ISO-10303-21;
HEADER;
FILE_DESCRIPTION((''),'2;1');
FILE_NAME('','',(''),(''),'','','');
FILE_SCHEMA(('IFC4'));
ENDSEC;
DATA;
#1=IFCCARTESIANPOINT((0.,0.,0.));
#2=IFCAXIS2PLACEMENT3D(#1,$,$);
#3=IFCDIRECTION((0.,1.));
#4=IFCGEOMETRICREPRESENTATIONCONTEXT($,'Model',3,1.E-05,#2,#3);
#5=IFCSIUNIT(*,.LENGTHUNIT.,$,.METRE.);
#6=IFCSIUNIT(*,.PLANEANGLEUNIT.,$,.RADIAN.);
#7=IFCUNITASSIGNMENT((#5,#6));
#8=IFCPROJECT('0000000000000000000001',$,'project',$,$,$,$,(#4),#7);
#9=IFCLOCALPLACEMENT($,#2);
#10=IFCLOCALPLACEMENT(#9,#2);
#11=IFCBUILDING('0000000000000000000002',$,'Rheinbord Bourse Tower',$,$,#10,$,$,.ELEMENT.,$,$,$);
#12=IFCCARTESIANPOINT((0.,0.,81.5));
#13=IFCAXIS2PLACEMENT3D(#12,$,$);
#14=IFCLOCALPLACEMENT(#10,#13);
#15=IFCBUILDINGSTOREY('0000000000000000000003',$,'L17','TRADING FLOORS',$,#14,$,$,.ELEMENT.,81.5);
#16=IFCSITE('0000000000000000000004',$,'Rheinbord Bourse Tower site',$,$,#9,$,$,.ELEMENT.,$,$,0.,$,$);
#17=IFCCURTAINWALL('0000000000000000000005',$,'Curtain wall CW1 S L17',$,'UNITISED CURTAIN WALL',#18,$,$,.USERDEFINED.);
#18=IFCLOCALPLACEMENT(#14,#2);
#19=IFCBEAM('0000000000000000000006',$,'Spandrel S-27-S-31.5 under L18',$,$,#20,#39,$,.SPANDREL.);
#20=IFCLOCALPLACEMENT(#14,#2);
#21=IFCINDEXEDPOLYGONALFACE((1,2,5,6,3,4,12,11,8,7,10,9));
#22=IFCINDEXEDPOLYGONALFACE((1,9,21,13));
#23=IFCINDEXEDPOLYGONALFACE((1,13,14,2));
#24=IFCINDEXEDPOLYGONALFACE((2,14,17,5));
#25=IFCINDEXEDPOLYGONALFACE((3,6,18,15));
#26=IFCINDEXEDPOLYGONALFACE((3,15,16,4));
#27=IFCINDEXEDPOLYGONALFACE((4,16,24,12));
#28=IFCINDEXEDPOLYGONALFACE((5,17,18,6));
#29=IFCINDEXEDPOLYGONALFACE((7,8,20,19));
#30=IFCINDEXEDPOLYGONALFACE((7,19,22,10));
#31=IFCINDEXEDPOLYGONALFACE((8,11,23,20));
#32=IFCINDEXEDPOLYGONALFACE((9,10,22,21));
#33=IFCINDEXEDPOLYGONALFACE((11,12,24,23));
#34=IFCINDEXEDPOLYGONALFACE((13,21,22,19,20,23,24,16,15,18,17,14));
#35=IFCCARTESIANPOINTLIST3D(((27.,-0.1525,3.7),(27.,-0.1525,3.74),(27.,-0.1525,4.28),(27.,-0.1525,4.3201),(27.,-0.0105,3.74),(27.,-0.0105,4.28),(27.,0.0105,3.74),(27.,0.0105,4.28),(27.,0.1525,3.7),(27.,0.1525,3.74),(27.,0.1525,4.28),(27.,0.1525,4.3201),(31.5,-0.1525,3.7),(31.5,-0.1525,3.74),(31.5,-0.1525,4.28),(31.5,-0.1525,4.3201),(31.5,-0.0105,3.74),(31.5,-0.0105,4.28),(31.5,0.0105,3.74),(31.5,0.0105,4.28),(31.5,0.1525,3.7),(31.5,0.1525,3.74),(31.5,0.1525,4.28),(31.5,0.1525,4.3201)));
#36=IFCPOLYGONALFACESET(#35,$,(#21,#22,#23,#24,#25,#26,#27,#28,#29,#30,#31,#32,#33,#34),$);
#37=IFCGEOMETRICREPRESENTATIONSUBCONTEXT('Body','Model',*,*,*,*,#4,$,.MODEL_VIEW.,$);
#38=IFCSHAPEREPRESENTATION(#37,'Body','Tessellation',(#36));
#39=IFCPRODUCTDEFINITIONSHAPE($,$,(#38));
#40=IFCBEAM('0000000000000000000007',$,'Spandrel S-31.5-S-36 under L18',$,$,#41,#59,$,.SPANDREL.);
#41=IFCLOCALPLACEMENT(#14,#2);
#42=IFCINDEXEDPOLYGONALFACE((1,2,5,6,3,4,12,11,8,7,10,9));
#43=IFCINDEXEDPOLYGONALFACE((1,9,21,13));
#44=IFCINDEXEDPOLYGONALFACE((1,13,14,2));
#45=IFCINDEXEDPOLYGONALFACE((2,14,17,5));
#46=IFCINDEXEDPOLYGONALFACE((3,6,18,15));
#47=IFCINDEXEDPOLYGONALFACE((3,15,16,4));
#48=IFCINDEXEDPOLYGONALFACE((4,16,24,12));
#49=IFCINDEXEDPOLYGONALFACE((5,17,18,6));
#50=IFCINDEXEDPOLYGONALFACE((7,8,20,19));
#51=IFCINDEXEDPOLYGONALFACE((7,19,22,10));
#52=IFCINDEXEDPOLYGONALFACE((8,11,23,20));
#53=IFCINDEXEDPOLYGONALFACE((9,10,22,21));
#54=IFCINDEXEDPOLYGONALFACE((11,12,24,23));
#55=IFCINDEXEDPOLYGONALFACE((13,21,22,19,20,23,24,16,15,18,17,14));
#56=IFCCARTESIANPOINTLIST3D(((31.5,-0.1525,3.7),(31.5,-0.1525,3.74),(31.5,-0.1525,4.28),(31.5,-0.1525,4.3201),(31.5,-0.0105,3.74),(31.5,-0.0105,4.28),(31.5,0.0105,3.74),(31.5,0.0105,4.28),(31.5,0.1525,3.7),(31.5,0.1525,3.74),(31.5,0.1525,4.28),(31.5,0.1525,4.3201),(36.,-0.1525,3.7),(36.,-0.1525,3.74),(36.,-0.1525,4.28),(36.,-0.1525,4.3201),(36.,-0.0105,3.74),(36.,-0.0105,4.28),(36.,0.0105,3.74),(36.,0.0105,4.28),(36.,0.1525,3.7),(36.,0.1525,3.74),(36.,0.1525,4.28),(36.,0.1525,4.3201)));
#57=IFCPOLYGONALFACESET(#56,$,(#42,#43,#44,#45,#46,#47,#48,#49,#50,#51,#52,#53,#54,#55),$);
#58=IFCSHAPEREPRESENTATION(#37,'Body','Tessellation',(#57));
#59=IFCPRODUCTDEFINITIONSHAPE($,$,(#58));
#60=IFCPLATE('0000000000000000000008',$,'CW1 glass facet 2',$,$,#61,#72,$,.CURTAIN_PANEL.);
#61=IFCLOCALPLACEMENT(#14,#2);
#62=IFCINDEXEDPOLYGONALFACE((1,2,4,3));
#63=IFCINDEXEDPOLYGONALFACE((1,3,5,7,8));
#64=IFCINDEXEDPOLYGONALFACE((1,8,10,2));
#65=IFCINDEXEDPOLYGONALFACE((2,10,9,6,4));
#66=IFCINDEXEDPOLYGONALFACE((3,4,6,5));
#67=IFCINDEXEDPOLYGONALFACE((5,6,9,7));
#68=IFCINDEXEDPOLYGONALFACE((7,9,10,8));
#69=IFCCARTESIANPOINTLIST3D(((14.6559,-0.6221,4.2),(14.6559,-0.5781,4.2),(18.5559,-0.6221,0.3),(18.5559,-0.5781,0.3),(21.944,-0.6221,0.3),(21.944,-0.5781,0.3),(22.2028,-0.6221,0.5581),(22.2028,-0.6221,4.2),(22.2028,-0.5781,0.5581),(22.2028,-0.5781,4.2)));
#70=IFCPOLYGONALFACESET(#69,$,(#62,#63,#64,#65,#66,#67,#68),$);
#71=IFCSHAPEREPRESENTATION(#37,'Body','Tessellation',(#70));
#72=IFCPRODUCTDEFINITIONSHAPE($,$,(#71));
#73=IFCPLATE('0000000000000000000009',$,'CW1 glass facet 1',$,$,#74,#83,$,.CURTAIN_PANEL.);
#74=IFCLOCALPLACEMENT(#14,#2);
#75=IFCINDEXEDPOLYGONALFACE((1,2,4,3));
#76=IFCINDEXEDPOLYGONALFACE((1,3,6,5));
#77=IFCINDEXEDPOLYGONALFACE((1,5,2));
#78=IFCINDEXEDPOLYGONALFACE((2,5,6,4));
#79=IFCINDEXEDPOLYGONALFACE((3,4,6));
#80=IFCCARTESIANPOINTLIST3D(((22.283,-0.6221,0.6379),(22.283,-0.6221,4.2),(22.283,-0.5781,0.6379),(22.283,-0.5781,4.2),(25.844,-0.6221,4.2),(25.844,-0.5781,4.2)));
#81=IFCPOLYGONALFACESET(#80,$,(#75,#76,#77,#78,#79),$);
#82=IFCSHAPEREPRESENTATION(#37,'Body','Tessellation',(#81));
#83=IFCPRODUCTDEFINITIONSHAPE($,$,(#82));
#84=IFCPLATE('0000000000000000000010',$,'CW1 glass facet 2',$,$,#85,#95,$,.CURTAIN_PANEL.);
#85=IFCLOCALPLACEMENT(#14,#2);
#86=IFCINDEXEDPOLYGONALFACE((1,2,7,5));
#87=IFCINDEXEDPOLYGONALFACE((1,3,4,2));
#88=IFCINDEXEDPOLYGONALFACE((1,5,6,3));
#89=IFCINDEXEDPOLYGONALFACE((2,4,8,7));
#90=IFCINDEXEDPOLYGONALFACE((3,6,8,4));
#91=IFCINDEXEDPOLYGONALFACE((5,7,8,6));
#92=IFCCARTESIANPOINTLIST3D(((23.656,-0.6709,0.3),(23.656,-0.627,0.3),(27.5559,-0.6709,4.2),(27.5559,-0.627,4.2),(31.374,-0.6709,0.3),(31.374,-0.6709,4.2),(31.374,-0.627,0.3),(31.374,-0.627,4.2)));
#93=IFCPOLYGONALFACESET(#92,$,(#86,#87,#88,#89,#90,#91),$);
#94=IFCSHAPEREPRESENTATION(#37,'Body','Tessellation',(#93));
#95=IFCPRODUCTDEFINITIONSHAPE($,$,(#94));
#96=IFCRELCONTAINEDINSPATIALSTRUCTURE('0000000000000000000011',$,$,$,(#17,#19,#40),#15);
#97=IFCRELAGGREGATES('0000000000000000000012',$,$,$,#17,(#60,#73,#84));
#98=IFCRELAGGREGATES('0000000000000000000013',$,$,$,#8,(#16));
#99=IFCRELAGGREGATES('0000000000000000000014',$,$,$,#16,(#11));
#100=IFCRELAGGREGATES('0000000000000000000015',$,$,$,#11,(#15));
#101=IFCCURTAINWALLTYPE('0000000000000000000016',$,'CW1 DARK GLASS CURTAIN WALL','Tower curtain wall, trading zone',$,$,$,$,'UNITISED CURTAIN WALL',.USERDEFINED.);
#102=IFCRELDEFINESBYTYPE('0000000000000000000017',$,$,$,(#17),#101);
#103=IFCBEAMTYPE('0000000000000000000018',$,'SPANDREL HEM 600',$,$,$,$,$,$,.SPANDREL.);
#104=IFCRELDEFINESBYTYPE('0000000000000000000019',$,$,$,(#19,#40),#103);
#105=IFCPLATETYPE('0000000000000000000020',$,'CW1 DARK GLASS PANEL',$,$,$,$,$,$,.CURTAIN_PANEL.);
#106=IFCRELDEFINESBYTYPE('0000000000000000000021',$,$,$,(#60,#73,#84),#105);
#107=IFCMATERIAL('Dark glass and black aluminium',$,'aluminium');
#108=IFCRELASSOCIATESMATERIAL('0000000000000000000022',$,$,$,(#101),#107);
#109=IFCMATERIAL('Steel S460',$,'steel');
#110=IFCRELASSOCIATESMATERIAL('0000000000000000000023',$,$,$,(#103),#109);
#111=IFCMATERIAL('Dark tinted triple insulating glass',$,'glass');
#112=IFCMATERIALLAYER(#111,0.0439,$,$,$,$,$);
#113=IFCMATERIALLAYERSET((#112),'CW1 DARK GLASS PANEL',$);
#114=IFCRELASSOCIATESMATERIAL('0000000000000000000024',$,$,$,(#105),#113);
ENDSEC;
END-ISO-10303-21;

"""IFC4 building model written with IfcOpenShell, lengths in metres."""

from ifc_helpers import new_model, si_unit, direction, frame, origin, origin_2d, place, context, subcontext, project, spatial, polyline, i_section, outline, extrude, material, layer, layer_set, material_profile, profile_set, type_object, element, aggregate, save


model = new_model("IFC4")

# Units and contexts
model_context = context("Model", 3, precision=1e-05, world=origin(), true_north=direction((0.0, 1.0)))
body_context = subcontext(model_context, "Body", "Model", "MODEL_VIEW")
ifc_project = project(units=[si_unit("LENGTHUNIT", "METRE"), si_unit("PLANEANGLEUNIT", "RADIAN")], contexts=[model_context])

# Site, building, storey
site_placement = place(None, origin())
site = spatial("IfcSite", under=ifc_project, at=site_placement, Name="Rheinbord Bourse Tower site", CompositionType="ELEMENT", RefElevation=0.0)
building_placement = place(site_placement, origin())
building = spatial("IfcBuilding", under=site, at=building_placement, Name="Rheinbord Bourse Tower", CompositionType="ELEMENT")
storey_placement = place(building_placement, frame((0.0, 0.0, 81.5)))
storey = spatial("IfcBuildingStorey", under=building, at=storey_placement, Name="L17", Description="TRADING FLOORS", CompositionType="ELEMENT", Elevation=81.5)

# Curtain wall
ifc_material_1 = material(Name="Dark glass and black aluminium", Category="aluminium")
curtain_wall_type = type_object("IfcCurtainWallType", Name="CW1 DARK GLASS CURTAIN WALL", Description="Tower curtain wall, trading zone", ElementType="UNITISED CURTAIN WALL", PredefinedType="USERDEFINED", material=ifc_material_1)
curtain_wall_placement = place(storey_placement, origin())
curtain_wall = element("IfcCurtainWall", 1, at=curtain_wall_placement, inside=storey, type_object=curtain_wall_type, Name="Curtain wall CW1 S L17", ObjectType="UNITISED CURTAIN WALL", PredefinedType="USERDEFINED")

# Beams
ifc_material_2 = material(Name="Steel S460", Category="steel")
ifc_material_profile_1 = material_profile(ifc_material_2, i_section(OverallWidth=0.3049, OverallDepth=0.6201, WebThickness=0.021, FlangeThickness=0.04, at=origin_2d()), Name="HEM 600")
ifc_profile_set_1 = profile_set([ifc_material_profile_1], Name="Steel S460")
beam_type_1 = type_object("IfcBeamType", Name="SPANDREL HEM 600", PredefinedType="SPANDREL", material=ifc_profile_set_1)
for number, where, z_axis, x_axis, name in (
    (2, (27.0, 0.0, 4.01), (1.0, 0.0, 0.0), (0.0, 1.0, 0.0), "Spandrel S-27-S-31.5 under L18"),
    (3, (31.5, 0.0, 4.01), (1.0, 0.0, 0.0), (0.0, 1.0, 0.0), "Spandrel S-31.5-S-36 under L18"),
):
    element("IfcBeam", number, at=place(storey_placement, frame(where, z_axis=z_axis, x_axis=x_axis)), inside=storey, type_object=beam_type_1, Name=name, PredefinedType="SPANDREL", context=body_context, shape_type="SweptSolid", body=[
        extrude(i_section(OverallWidth=0.3049, OverallDepth=0.6201, WebThickness=0.021, FlangeThickness=0.04, at=origin_2d()), origin(), (0.0, 0.0, 1.0), 4.5),
    ])

# Plates
ifc_material_3 = material(Name="Dark tinted triple insulating glass", Category="glass")
ifc_layer = layer(ifc_material_3, 0.0439)
ifc_layer_set = layer_set([ifc_layer], Name="CW1 DARK GLASS PANEL")
plate_type = type_object("IfcPlateType", Name="CW1 DARK GLASS PANEL", PredefinedType="CURTAIN_PANEL", material=ifc_layer_set)
plate_1_placement = place(storey_placement, frame((18.5559, -0.6221, 0.3), z_axis=(0.0, 1.0, 0.0), x_axis=(-0.707107, 0.0, 0.707107)))
plate_1 = element("IfcPlate", 4, at=plate_1_placement, type_object=plate_type, Name="CW1 glass facet 2", PredefinedType="CURTAIN_PANEL", context=body_context, shape_type="SweptSolid", body=[
    extrude(outline(polyline([(0.0, 0.0), (5.5154, 0.0), (0.179, 5.3364), (-2.3962, 2.7612), (-2.3958, 2.3958), (0.0, 0.0)])), origin(), (0.0, 0.0, 1.0), 0.0439),
])
plate_2_placement = place(storey_placement, frame((22.283, -0.6221, 4.2), z_axis=(0.0, 1.0, 0.0), x_axis=(1.0, 0.0, 0.0)))
plate_2 = element("IfcPlate", 5, at=plate_2_placement, type_object=plate_type, Name="CW1 glass facet 1", PredefinedType="CURTAIN_PANEL", context=body_context, shape_type="SweptSolid", body=[
    extrude(outline(polyline([(0.0, 0.0), (3.561, 0.0), (0.0, 3.562), (0.0, 0.0)])), origin(), (0.0, 0.0, 1.0), 0.0439),
])
plate_3_placement = place(storey_placement, frame((31.374, -0.6709, 4.2), z_axis=(0.0, 1.0, 0.0), x_axis=(0.0, 0.0, -1.0)))
plate_3 = element("IfcPlate", 6, at=plate_3_placement, type_object=plate_type, Name="CW1 glass facet 2", PredefinedType="CURTAIN_PANEL", context=body_context, shape_type="SweptSolid", body=[
    extrude(outline(polyline([(0.0, 0.0), (3.8999, 0.0), (3.8999, 7.718), (0.0, 3.8181), (0.0, 0.0)])), origin(), (0.0, 0.0, 1.0), 0.0439),
])
aggregate(curtain_wall, [plate_1, plate_2, plate_3])

save(model, "model.ifc")
